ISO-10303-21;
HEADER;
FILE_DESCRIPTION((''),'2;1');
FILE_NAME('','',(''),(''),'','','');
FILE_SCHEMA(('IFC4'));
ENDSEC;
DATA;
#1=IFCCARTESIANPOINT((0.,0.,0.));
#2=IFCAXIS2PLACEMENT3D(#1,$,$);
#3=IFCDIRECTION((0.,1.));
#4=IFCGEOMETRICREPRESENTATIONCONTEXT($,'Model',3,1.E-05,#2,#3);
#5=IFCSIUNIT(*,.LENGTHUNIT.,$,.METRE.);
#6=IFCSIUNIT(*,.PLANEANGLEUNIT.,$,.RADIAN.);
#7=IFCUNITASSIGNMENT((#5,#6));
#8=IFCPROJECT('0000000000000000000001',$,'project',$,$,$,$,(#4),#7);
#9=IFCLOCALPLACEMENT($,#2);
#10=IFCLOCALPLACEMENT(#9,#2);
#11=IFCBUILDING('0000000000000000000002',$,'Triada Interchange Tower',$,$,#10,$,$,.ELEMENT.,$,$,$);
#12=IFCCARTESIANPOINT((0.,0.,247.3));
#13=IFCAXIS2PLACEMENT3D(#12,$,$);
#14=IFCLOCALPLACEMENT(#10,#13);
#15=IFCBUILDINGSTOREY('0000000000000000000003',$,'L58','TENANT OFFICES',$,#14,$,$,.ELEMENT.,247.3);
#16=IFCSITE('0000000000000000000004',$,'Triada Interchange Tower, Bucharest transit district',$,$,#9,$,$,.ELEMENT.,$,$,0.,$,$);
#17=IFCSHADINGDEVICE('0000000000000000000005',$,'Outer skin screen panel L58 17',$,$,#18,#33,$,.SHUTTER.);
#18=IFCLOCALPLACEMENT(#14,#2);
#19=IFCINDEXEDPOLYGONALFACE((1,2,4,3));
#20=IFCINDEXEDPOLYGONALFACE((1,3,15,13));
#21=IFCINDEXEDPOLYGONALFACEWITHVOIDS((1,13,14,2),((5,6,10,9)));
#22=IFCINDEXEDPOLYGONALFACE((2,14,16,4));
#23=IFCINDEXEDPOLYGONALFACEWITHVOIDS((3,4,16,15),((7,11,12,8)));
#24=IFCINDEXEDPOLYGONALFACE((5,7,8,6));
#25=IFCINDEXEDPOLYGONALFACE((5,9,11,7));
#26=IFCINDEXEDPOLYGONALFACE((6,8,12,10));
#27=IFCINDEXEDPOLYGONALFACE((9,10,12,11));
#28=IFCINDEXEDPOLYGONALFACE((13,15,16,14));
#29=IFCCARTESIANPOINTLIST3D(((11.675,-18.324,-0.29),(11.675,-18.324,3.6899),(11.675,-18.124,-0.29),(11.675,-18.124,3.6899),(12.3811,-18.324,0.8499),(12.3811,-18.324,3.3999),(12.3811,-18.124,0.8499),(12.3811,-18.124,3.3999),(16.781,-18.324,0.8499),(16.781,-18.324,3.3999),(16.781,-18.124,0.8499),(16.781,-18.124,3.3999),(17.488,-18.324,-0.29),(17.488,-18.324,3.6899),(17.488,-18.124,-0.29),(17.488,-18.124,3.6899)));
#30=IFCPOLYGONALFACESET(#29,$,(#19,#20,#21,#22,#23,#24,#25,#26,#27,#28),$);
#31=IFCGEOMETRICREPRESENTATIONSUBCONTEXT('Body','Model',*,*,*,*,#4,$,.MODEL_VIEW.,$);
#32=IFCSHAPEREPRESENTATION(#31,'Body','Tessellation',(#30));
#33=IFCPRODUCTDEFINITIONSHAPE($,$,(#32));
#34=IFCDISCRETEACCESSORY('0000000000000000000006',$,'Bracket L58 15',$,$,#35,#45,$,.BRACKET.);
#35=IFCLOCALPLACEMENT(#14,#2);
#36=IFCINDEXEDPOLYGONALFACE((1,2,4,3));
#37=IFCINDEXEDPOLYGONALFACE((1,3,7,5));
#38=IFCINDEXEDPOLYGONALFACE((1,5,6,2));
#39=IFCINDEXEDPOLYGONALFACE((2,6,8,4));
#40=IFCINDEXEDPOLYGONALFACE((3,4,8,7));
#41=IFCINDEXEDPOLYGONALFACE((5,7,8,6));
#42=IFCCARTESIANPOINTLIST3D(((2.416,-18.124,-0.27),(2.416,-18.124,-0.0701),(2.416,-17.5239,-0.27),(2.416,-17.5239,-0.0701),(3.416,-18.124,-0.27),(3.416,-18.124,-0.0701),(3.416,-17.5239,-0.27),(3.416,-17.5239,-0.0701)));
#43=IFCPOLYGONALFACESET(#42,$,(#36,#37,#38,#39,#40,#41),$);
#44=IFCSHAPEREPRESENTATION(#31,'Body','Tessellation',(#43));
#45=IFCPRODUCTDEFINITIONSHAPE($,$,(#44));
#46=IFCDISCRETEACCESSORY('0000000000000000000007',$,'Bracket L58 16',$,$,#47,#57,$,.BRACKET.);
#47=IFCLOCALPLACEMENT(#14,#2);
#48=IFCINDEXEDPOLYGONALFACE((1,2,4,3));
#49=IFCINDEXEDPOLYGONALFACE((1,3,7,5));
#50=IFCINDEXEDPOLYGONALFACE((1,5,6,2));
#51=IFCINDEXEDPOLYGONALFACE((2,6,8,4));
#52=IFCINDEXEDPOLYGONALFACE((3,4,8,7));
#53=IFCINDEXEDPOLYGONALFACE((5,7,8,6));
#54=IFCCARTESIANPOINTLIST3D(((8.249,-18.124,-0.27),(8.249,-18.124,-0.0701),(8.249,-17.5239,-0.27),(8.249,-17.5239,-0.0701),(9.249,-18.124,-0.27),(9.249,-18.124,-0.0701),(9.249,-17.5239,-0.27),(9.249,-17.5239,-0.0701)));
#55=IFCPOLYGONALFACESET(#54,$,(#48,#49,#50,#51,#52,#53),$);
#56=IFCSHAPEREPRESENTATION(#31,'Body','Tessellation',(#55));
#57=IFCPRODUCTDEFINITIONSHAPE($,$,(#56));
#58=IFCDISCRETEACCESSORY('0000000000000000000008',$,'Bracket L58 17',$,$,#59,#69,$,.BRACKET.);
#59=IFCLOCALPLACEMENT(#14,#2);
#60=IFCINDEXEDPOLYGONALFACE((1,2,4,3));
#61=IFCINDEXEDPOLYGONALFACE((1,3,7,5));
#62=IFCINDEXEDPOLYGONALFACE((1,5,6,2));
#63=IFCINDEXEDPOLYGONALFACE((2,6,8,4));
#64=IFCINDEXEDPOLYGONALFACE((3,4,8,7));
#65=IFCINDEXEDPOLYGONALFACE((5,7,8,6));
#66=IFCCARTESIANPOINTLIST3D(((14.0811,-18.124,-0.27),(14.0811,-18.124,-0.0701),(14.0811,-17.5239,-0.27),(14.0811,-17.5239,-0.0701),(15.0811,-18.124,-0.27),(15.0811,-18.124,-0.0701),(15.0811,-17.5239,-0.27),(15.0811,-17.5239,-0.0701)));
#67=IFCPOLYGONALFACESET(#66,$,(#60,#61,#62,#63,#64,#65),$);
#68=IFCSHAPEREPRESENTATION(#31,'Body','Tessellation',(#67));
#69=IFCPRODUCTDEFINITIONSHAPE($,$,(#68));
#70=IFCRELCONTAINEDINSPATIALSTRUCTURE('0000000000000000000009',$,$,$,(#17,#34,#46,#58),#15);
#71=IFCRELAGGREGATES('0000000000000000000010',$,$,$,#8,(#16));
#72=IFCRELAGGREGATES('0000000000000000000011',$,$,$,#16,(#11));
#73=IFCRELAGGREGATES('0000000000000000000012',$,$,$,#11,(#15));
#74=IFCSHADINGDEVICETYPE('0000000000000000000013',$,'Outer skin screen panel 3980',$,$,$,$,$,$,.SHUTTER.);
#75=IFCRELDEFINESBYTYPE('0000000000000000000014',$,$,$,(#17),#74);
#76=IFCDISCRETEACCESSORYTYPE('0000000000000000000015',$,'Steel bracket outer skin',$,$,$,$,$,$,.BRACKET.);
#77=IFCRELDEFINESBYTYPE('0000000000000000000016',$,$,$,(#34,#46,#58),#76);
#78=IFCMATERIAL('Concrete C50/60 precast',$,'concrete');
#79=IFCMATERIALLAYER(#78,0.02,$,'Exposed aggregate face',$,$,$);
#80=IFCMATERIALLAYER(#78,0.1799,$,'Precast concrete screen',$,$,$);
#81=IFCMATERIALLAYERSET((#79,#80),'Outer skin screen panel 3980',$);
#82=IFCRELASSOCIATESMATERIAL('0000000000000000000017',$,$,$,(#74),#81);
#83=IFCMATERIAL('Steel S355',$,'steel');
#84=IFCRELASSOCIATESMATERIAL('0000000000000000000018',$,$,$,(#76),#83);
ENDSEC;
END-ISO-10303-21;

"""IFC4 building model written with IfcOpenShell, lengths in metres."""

from ifc_helpers import new_model, si_unit, direction, frame, origin, origin_2d, place, context, subcontext, project, spatial, polyline, rectangle, outline, extrude, material, layer, layer_set, type_object, element, save


model = new_model("IFC4")

# Units and contexts
model_context = context("Model", 3, precision=1e-05, world=origin(), true_north=direction((0.0, 1.0)))
body_context = subcontext(model_context, "Body", "Model", "MODEL_VIEW")
ifc_project = project(units=[si_unit("LENGTHUNIT", "METRE"), si_unit("PLANEANGLEUNIT", "RADIAN")], contexts=[model_context])

# Site, building, storey
site_placement = place(None, origin())
site = spatial("IfcSite", under=ifc_project, at=site_placement, Name="Triada Interchange Tower, Bucharest transit district", CompositionType="ELEMENT", RefElevation=0.0)
building_placement = place(site_placement, origin())
building = spatial("IfcBuilding", under=site, at=building_placement, Name="Triada Interchange Tower", CompositionType="ELEMENT")
storey_placement = place(building_placement, frame((0.0, 0.0, 247.3)))
storey = spatial("IfcBuildingStorey", under=building, at=storey_placement, Name="L58", Description="TENANT OFFICES", CompositionType="ELEMENT", Elevation=247.3)

# Shading device
ifc_material_1 = material(Name="Concrete C50/60 precast", Category="concrete")
ifc_layer_1 = layer(ifc_material_1, 0.02, Name="Exposed aggregate face")
ifc_layer_2 = layer(ifc_material_1, 0.1799, Name="Precast concrete screen")
ifc_layer_set_1 = layer_set([ifc_layer_1, ifc_layer_2], Name="Outer skin screen panel 3980")
shading_device_type = type_object("IfcShadingDeviceType", Name="Outer skin screen panel 3980", PredefinedType="SHUTTER", material=ifc_layer_set_1)
shading_device_1_placement = place(storey_placement, frame((11.675, -18.124, -0.29), z_axis=(0.0, 0.0, 1.0), x_axis=(1.0, 0.0, 0.0)))
element("IfcShadingDevice", 1, at=shading_device_1_placement, inside=storey, type_object=shading_device_type, Name="Outer skin screen panel L58 17", PredefinedType="SHUTTER", context=body_context, shape_type="SweptSolid", body=[
    extrude(outline(polyline([(0.0, 0.0), (5.813, 0.0), (5.813, 3.98), (0.0, 3.98), (0.0, 0.0)]), holes=[polyline([(0.7061, 1.1399), (0.7061, 3.6899), (5.106, 3.6899), (5.106, 1.1399), (0.7061, 1.1399)])]), frame((0.0, 0.0, 0.0), z_axis=(0.0, -1.0, 0.0), x_axis=(1.0, 0.0, 0.0)), (0.0, 0.0, 1.0), 0.2),
])

# Discrete accessories
ifc_material_2 = material(Name="Steel S355", Category="steel")
discrete_accessory_type = type_object("IfcDiscreteAccessoryType", Name="Steel bracket outer skin", PredefinedType="BRACKET", material=ifc_material_2)
for number, where, z_axis, x_axis, name in (
    (2, (2.916, -17.824, -0.27), (0.0, 0.0, 1.0), (0.0, -1.0, 0.0), "Bracket L58 15"),
    (3, (8.749, -17.824, -0.27), (0.0, 0.0, 1.0), (0.0, -1.0, 0.0), "Bracket L58 16"),
    (4, (14.5811, -17.824, -0.27), (0.0, 0.0, 1.0), (0.0, -1.0, 0.0), "Bracket L58 17"),
):
    element("IfcDiscreteAccessory", number, at=place(storey_placement, frame(where, z_axis=z_axis, x_axis=x_axis)), inside=storey, type_object=discrete_accessory_type, Name=name, PredefinedType="BRACKET", context=body_context, shape_type="SweptSolid", body=[
        extrude(rectangle(XDim=0.6001, YDim=1.0, at=origin_2d()), origin(), (0.0, 0.0, 1.0), 0.2),
    ])

save(model, "model.ifc")
